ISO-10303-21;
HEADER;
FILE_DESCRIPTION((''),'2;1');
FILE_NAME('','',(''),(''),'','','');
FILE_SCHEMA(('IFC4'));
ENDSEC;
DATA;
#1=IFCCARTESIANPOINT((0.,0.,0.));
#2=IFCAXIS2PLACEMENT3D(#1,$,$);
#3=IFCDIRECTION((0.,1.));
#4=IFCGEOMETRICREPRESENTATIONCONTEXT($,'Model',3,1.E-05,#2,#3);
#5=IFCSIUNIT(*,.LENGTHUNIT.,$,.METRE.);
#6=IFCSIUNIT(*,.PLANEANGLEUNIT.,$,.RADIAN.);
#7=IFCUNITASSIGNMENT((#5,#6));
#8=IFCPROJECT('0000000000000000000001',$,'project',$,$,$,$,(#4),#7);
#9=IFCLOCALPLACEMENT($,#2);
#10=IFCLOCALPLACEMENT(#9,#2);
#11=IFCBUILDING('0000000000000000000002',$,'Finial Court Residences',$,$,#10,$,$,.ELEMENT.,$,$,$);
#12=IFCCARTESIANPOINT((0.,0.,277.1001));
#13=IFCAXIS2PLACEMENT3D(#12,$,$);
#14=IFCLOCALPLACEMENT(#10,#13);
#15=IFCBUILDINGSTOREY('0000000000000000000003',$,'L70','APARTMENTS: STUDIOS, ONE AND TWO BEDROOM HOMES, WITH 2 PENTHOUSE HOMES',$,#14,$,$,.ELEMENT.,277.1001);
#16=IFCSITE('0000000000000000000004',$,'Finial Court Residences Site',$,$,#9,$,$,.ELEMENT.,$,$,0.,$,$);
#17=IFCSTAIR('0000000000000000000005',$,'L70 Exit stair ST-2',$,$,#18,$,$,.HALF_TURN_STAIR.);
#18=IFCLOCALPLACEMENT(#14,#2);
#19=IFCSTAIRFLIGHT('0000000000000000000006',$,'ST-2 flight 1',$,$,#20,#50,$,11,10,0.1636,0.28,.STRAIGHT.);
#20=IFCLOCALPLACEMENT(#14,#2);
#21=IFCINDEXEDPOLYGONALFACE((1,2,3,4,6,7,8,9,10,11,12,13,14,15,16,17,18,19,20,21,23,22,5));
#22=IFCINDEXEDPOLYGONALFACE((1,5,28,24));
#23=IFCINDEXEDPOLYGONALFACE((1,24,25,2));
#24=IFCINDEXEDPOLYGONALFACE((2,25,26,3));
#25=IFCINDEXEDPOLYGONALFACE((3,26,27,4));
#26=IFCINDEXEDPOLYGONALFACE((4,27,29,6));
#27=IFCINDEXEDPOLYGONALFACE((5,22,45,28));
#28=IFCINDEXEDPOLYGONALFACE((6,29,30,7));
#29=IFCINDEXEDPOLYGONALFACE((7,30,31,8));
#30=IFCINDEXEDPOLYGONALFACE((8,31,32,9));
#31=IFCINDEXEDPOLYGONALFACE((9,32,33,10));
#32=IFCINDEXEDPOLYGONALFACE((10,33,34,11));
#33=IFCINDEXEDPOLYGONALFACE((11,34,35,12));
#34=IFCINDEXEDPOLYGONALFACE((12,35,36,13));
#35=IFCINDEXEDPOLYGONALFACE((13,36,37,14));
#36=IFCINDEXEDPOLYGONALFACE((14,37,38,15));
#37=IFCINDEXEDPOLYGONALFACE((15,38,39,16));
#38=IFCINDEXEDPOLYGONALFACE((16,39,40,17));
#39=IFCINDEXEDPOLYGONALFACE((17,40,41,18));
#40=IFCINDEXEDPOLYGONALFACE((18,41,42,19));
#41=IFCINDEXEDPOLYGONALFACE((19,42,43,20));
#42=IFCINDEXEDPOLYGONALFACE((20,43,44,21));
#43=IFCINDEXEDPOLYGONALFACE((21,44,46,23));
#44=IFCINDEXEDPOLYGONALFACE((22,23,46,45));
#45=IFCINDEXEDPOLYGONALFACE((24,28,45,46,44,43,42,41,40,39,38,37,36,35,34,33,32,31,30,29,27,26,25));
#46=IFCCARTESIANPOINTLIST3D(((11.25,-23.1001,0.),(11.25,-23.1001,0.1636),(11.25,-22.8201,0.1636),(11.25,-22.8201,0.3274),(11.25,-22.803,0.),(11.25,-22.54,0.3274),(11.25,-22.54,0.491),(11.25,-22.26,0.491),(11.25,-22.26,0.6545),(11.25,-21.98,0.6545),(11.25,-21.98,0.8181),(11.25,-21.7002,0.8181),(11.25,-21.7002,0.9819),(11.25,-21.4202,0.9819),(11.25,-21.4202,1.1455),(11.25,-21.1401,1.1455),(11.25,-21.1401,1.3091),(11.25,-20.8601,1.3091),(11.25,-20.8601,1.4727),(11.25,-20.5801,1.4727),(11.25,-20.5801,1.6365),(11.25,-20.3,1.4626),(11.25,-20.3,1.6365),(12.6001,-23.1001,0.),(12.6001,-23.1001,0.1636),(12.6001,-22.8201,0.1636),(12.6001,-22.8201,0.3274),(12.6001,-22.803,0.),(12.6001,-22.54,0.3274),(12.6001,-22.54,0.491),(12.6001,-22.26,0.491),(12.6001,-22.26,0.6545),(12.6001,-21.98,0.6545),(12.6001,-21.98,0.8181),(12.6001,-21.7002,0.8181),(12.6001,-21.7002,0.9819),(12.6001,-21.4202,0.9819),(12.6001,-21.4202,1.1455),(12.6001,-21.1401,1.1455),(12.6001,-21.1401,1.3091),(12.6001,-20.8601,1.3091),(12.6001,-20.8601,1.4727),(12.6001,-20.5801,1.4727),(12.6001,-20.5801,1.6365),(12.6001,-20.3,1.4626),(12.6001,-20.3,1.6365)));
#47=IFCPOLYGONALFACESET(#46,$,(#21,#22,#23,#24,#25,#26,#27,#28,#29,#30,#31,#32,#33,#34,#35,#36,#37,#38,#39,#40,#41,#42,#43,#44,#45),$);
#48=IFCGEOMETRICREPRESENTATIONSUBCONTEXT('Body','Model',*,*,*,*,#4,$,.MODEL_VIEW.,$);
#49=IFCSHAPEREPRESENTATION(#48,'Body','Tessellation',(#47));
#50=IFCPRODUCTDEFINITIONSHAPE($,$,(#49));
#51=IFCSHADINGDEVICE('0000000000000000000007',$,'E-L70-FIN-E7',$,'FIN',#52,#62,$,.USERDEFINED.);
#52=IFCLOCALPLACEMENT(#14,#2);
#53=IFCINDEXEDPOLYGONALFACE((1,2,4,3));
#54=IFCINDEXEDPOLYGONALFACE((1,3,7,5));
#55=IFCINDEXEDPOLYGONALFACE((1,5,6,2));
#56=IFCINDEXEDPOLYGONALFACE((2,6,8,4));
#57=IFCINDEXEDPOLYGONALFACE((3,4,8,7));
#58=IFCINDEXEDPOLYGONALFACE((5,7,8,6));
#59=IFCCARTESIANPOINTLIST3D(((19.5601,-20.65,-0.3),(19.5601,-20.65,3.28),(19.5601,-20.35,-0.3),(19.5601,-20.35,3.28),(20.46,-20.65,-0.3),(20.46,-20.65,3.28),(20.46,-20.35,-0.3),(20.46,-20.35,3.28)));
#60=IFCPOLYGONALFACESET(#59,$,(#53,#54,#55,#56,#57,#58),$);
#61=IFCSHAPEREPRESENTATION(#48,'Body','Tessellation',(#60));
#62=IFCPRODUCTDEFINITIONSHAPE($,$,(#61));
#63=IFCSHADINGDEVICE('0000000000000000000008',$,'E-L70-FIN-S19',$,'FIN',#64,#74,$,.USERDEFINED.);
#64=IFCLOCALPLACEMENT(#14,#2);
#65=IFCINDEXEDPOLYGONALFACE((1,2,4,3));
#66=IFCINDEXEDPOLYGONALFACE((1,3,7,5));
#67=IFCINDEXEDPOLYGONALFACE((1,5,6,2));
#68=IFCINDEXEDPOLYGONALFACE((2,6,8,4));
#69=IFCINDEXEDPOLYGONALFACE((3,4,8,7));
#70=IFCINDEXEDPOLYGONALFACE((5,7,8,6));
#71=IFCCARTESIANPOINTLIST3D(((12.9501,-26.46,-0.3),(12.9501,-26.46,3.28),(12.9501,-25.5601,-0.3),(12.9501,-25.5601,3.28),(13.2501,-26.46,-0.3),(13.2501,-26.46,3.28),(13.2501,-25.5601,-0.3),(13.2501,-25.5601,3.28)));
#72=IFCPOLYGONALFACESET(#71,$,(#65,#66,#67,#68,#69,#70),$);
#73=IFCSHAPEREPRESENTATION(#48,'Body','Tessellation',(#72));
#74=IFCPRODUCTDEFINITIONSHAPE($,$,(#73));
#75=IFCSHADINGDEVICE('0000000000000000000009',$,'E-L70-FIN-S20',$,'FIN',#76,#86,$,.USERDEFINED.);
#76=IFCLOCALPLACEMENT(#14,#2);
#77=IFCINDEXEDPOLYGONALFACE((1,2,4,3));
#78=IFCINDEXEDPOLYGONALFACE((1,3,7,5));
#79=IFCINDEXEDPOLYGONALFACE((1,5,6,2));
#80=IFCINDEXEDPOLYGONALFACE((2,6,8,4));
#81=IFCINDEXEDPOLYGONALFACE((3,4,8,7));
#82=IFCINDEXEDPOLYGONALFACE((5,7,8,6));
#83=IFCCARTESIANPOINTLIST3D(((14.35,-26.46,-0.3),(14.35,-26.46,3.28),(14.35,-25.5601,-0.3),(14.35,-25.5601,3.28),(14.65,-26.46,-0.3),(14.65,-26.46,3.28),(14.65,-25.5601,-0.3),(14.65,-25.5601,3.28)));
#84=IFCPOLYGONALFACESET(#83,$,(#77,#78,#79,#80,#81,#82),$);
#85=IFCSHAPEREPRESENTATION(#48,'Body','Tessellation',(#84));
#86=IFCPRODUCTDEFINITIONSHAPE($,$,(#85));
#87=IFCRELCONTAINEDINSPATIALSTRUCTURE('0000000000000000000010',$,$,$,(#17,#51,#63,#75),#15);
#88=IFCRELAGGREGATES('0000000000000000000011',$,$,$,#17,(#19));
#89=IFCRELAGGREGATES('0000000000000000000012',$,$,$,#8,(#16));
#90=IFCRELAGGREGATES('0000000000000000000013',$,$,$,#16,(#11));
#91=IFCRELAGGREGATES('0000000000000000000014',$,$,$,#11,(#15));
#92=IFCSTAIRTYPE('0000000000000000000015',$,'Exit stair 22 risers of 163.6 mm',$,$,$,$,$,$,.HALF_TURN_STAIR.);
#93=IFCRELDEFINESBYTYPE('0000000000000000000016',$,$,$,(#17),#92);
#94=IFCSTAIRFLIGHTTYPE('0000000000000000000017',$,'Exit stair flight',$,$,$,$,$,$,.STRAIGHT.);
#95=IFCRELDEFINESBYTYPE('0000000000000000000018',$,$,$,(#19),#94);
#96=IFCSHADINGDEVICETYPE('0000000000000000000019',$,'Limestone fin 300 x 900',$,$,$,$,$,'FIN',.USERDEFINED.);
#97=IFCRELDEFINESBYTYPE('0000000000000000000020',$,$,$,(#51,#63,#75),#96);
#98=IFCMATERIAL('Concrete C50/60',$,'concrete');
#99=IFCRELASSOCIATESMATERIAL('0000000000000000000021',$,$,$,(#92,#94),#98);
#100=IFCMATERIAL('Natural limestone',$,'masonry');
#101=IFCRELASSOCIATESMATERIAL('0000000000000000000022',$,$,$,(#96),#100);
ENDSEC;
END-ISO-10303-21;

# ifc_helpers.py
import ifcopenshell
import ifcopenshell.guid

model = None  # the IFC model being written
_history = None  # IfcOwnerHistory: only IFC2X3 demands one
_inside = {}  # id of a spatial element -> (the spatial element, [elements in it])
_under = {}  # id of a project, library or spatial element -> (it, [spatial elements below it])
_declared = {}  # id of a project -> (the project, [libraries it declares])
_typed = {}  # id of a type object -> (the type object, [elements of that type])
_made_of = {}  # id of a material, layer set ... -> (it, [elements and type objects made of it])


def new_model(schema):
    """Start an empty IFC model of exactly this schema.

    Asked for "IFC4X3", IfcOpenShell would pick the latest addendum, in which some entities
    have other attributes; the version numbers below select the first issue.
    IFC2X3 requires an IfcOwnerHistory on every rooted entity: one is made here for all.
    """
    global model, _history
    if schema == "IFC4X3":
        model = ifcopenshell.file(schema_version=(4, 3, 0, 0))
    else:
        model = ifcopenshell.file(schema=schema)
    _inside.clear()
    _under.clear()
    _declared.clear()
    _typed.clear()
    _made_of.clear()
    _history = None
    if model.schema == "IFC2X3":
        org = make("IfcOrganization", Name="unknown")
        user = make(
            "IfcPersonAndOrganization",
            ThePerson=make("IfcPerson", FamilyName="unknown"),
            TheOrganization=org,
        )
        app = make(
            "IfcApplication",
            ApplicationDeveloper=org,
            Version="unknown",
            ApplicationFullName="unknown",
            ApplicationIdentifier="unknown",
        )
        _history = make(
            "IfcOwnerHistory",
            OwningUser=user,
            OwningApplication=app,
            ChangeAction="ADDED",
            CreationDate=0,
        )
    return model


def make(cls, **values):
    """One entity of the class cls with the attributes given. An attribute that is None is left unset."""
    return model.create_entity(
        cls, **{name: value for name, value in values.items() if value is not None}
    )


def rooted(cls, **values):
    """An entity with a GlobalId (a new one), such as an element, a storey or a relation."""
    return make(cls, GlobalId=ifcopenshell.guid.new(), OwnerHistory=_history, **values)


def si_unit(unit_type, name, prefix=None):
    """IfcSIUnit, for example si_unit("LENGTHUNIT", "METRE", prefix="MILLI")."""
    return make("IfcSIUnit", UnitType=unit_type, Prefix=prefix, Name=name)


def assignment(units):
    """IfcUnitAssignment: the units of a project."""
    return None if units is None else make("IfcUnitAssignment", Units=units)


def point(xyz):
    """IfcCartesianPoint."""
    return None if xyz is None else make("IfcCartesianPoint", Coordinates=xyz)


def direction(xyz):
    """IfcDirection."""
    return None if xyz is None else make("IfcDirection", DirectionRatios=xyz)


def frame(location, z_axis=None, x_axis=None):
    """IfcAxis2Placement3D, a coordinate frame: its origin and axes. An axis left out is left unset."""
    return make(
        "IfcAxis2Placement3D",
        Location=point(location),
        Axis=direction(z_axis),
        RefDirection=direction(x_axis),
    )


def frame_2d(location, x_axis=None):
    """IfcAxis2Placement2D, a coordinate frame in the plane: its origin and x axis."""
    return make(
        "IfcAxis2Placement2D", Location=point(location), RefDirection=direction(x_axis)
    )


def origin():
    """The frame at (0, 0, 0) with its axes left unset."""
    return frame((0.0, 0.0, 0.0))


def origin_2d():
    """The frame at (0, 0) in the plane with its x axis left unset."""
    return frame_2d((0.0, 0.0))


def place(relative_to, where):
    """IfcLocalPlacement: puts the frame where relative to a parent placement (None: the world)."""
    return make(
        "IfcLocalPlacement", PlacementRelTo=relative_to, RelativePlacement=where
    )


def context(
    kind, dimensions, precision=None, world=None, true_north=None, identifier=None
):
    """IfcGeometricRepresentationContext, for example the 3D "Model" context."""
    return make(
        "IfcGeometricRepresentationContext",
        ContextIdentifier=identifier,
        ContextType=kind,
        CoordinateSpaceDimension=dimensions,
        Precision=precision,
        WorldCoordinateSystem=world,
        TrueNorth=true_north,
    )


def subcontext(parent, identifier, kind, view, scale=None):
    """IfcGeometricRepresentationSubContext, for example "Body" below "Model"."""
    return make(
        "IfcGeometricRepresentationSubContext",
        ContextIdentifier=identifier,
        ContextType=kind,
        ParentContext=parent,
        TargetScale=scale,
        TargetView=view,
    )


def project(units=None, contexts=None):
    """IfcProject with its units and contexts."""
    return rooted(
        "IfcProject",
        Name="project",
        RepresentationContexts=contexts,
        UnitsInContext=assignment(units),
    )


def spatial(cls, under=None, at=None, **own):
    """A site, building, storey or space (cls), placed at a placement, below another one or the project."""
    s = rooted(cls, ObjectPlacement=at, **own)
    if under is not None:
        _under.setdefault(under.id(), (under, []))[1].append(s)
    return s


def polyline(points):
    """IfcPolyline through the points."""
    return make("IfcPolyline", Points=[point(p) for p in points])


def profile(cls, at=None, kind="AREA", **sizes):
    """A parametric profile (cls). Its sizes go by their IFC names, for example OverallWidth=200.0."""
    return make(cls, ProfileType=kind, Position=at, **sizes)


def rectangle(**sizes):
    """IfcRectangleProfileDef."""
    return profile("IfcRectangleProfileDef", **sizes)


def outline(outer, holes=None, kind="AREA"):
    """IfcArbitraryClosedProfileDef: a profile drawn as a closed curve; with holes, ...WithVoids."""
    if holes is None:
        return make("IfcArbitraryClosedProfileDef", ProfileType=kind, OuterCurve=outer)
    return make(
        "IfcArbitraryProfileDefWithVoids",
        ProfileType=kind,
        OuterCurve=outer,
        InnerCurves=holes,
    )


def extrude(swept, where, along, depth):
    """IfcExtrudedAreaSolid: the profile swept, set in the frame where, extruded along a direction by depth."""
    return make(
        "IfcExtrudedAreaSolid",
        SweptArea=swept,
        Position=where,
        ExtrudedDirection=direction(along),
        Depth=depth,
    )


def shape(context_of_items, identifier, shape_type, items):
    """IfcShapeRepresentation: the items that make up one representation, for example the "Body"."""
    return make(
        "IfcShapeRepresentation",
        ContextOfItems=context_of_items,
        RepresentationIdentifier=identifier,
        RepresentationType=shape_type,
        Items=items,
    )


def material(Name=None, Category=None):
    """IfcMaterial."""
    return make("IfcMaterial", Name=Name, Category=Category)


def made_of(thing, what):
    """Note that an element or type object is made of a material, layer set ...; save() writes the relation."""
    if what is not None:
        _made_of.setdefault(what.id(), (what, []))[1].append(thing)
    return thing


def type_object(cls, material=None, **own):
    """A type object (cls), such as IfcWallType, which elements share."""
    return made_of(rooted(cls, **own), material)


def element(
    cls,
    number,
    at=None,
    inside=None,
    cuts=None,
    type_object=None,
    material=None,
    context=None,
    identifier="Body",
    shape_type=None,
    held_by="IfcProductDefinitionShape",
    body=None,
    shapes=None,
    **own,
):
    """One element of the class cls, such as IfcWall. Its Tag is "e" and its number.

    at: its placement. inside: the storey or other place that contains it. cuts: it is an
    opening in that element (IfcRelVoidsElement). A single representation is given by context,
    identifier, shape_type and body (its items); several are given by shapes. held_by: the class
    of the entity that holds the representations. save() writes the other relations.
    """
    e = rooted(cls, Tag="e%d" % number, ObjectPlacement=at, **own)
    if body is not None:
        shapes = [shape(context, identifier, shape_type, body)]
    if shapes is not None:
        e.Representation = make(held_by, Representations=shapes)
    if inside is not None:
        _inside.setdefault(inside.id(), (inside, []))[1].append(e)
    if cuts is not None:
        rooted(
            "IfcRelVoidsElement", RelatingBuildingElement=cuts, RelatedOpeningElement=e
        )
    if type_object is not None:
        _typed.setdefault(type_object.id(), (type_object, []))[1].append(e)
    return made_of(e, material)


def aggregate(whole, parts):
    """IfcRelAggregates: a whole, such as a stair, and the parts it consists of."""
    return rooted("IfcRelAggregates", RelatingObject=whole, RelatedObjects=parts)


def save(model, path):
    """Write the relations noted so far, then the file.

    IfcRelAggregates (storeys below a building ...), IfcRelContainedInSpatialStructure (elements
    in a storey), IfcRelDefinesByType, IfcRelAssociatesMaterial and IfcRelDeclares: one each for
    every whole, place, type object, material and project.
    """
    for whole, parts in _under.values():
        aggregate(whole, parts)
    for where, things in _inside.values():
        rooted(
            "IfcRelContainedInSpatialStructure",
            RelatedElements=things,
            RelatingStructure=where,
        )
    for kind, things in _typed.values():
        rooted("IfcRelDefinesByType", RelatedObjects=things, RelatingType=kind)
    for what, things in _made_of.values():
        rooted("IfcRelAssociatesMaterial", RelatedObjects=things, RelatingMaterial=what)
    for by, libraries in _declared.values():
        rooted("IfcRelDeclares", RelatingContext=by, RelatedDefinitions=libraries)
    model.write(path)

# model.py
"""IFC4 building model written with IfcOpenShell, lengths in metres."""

from ifc_helpers import new_model, si_unit, direction, frame, origin, origin_2d, place, context, subcontext, project, spatial, polyline, rectangle, outline, extrude, material, type_object, element, aggregate, save


model = new_model("IFC4")

# Units and contexts
model_context = context("Model", 3, precision=1e-05, world=origin(), true_north=direction((0.0, 1.0)))
body_context = subcontext(model_context, "Body", "Model", "MODEL_VIEW")
ifc_project = project(units=[si_unit("LENGTHUNIT", "METRE"), si_unit("PLANEANGLEUNIT", "RADIAN")], contexts=[model_context])

# Site, building, storey
site_placement = place(None, origin())
site = spatial("IfcSite", under=ifc_project, at=site_placement, Name="Finial Court Residences Site", CompositionType="ELEMENT", RefElevation=0.0)
building_placement = place(site_placement, origin())
building = spatial("IfcBuilding", under=site, at=building_placement, Name="Finial Court Residences", CompositionType="ELEMENT")
storey_placement = place(building_placement, frame((0.0, 0.0, 277.1001)))
storey = spatial("IfcBuildingStorey", under=building, at=storey_placement, Name="L70", Description="APARTMENTS: STUDIOS, ONE AND TWO BEDROOM HOMES, WITH 2 PENTHOUSE HOMES", CompositionType="ELEMENT", Elevation=277.1001)

# Shared definitions
ifc_material_1 = material(Name="Concrete C50/60", Category="concrete")

# Shared definitions
ifc_material_2 = material(Name="Natural limestone", Category="masonry")

# Stair, stair flight
stair_type = type_object("IfcStairType", Name="Exit stair 22 risers of 163.6 mm", PredefinedType="HALF_TURN_STAIR", material=ifc_material_1)
stair_placement = place(storey_placement, origin())
stair = element("IfcStair", 1, at=stair_placement, inside=storey, type_object=stair_type, Name="L70 Exit stair ST-2", PredefinedType="HALF_TURN_STAIR")
stair_flight_type = type_object("IfcStairFlightType", Name="Exit stair flight", PredefinedType="STRAIGHT", material=ifc_material_1)
stair_flight_placement = place(storey_placement, frame((11.925, -23.1001, 0.0), z_axis=(0.0, 0.0, 1.0), x_axis=(0.0, 1.0, 0.0)))
stair_flight = element("IfcStairFlight", 2, at=stair_flight_placement, type_object=stair_flight_type, Name="ST-2 flight 1", NumberOfRisers=11, NumberOfTreads=10, PredefinedType="STRAIGHT", RiserHeight=0.1636, TreadLength=0.28, context=body_context, shape_type="SweptSolid", body=[
    extrude(outline(polyline([(0.0, 0.0), (0.0, 0.1636), (0.28, 0.1636), (0.28, 0.3274), (0.5601, 0.3274), (0.5601, 0.491), (0.8401, 0.491), (0.8401, 0.6545), (1.1201, 0.6545), (1.1201, 0.8181), (1.3999, 0.8181), (1.3999, 0.9819), (1.6799, 0.9819), (1.6799, 1.1455), (1.96, 1.1455), (1.96, 1.3091), (2.24, 1.3091), (2.24, 1.4727), (2.52, 1.4727), (2.52, 1.6365), (2.8, 1.6365), (2.8, 1.8), (2.8, 1.4626), (0.2971, 0.0), (0.0, 0.0)])), frame((0.0, 0.675, 0.0), z_axis=(0.0, -1.0, 0.0), x_axis=(1.0, 0.0, 0.0)), (0.0, 0.0, 1.0), 1.3501),
])
aggregate(stair, [stair_flight])

# Shading devices
shading_device_type = type_object("IfcShadingDeviceType", Name="Limestone fin 300 x 900", ElementType="FIN", PredefinedType="USERDEFINED", material=ifc_material_2)
shading_device_placement = place(storey_placement, frame((20.01, -20.5, -0.3), z_axis=(0.0, 0.0, 1.0), x_axis=(1.0, 0.0, 0.0)))
element("IfcShadingDevice", 3, at=shading_device_placement, inside=storey, type_object=shading_device_type, Name="E-L70-FIN-E7", ObjectType="FIN", PredefinedType="USERDEFINED", context=body_context, shape_type="SweptSolid", body=[
    extrude(rectangle(XDim=0.8999, YDim=0.3, at=origin_2d()), origin(), (0.0, 0.0, 1.0), 3.5801),
])
for number, where, z_axis, x_axis, name in (
    (4, (13.1001, -26.01, -0.3), (0.0, 0.0, 1.0), (1.0, 0.0, 0.0), "E-L70-FIN-S19"),
    (5, (14.5, -26.01, -0.3), (0.0, 0.0, 1.0), (1.0, 0.0, 0.0), "E-L70-FIN-S20"),
):
    element("IfcShadingDevice", number, at=place(storey_placement, frame(where, z_axis=z_axis, x_axis=x_axis)), inside=storey, type_object=shading_device_type, Name=name, ObjectType="FIN", PredefinedType="USERDEFINED", context=body_context, shape_type="SweptSolid", body=[
        extrude(rectangle(XDim=0.3, YDim=0.8999, at=origin_2d()), origin(), (0.0, 0.0, 1.0), 3.5801),
    ])

save(model, "model.ifc")
